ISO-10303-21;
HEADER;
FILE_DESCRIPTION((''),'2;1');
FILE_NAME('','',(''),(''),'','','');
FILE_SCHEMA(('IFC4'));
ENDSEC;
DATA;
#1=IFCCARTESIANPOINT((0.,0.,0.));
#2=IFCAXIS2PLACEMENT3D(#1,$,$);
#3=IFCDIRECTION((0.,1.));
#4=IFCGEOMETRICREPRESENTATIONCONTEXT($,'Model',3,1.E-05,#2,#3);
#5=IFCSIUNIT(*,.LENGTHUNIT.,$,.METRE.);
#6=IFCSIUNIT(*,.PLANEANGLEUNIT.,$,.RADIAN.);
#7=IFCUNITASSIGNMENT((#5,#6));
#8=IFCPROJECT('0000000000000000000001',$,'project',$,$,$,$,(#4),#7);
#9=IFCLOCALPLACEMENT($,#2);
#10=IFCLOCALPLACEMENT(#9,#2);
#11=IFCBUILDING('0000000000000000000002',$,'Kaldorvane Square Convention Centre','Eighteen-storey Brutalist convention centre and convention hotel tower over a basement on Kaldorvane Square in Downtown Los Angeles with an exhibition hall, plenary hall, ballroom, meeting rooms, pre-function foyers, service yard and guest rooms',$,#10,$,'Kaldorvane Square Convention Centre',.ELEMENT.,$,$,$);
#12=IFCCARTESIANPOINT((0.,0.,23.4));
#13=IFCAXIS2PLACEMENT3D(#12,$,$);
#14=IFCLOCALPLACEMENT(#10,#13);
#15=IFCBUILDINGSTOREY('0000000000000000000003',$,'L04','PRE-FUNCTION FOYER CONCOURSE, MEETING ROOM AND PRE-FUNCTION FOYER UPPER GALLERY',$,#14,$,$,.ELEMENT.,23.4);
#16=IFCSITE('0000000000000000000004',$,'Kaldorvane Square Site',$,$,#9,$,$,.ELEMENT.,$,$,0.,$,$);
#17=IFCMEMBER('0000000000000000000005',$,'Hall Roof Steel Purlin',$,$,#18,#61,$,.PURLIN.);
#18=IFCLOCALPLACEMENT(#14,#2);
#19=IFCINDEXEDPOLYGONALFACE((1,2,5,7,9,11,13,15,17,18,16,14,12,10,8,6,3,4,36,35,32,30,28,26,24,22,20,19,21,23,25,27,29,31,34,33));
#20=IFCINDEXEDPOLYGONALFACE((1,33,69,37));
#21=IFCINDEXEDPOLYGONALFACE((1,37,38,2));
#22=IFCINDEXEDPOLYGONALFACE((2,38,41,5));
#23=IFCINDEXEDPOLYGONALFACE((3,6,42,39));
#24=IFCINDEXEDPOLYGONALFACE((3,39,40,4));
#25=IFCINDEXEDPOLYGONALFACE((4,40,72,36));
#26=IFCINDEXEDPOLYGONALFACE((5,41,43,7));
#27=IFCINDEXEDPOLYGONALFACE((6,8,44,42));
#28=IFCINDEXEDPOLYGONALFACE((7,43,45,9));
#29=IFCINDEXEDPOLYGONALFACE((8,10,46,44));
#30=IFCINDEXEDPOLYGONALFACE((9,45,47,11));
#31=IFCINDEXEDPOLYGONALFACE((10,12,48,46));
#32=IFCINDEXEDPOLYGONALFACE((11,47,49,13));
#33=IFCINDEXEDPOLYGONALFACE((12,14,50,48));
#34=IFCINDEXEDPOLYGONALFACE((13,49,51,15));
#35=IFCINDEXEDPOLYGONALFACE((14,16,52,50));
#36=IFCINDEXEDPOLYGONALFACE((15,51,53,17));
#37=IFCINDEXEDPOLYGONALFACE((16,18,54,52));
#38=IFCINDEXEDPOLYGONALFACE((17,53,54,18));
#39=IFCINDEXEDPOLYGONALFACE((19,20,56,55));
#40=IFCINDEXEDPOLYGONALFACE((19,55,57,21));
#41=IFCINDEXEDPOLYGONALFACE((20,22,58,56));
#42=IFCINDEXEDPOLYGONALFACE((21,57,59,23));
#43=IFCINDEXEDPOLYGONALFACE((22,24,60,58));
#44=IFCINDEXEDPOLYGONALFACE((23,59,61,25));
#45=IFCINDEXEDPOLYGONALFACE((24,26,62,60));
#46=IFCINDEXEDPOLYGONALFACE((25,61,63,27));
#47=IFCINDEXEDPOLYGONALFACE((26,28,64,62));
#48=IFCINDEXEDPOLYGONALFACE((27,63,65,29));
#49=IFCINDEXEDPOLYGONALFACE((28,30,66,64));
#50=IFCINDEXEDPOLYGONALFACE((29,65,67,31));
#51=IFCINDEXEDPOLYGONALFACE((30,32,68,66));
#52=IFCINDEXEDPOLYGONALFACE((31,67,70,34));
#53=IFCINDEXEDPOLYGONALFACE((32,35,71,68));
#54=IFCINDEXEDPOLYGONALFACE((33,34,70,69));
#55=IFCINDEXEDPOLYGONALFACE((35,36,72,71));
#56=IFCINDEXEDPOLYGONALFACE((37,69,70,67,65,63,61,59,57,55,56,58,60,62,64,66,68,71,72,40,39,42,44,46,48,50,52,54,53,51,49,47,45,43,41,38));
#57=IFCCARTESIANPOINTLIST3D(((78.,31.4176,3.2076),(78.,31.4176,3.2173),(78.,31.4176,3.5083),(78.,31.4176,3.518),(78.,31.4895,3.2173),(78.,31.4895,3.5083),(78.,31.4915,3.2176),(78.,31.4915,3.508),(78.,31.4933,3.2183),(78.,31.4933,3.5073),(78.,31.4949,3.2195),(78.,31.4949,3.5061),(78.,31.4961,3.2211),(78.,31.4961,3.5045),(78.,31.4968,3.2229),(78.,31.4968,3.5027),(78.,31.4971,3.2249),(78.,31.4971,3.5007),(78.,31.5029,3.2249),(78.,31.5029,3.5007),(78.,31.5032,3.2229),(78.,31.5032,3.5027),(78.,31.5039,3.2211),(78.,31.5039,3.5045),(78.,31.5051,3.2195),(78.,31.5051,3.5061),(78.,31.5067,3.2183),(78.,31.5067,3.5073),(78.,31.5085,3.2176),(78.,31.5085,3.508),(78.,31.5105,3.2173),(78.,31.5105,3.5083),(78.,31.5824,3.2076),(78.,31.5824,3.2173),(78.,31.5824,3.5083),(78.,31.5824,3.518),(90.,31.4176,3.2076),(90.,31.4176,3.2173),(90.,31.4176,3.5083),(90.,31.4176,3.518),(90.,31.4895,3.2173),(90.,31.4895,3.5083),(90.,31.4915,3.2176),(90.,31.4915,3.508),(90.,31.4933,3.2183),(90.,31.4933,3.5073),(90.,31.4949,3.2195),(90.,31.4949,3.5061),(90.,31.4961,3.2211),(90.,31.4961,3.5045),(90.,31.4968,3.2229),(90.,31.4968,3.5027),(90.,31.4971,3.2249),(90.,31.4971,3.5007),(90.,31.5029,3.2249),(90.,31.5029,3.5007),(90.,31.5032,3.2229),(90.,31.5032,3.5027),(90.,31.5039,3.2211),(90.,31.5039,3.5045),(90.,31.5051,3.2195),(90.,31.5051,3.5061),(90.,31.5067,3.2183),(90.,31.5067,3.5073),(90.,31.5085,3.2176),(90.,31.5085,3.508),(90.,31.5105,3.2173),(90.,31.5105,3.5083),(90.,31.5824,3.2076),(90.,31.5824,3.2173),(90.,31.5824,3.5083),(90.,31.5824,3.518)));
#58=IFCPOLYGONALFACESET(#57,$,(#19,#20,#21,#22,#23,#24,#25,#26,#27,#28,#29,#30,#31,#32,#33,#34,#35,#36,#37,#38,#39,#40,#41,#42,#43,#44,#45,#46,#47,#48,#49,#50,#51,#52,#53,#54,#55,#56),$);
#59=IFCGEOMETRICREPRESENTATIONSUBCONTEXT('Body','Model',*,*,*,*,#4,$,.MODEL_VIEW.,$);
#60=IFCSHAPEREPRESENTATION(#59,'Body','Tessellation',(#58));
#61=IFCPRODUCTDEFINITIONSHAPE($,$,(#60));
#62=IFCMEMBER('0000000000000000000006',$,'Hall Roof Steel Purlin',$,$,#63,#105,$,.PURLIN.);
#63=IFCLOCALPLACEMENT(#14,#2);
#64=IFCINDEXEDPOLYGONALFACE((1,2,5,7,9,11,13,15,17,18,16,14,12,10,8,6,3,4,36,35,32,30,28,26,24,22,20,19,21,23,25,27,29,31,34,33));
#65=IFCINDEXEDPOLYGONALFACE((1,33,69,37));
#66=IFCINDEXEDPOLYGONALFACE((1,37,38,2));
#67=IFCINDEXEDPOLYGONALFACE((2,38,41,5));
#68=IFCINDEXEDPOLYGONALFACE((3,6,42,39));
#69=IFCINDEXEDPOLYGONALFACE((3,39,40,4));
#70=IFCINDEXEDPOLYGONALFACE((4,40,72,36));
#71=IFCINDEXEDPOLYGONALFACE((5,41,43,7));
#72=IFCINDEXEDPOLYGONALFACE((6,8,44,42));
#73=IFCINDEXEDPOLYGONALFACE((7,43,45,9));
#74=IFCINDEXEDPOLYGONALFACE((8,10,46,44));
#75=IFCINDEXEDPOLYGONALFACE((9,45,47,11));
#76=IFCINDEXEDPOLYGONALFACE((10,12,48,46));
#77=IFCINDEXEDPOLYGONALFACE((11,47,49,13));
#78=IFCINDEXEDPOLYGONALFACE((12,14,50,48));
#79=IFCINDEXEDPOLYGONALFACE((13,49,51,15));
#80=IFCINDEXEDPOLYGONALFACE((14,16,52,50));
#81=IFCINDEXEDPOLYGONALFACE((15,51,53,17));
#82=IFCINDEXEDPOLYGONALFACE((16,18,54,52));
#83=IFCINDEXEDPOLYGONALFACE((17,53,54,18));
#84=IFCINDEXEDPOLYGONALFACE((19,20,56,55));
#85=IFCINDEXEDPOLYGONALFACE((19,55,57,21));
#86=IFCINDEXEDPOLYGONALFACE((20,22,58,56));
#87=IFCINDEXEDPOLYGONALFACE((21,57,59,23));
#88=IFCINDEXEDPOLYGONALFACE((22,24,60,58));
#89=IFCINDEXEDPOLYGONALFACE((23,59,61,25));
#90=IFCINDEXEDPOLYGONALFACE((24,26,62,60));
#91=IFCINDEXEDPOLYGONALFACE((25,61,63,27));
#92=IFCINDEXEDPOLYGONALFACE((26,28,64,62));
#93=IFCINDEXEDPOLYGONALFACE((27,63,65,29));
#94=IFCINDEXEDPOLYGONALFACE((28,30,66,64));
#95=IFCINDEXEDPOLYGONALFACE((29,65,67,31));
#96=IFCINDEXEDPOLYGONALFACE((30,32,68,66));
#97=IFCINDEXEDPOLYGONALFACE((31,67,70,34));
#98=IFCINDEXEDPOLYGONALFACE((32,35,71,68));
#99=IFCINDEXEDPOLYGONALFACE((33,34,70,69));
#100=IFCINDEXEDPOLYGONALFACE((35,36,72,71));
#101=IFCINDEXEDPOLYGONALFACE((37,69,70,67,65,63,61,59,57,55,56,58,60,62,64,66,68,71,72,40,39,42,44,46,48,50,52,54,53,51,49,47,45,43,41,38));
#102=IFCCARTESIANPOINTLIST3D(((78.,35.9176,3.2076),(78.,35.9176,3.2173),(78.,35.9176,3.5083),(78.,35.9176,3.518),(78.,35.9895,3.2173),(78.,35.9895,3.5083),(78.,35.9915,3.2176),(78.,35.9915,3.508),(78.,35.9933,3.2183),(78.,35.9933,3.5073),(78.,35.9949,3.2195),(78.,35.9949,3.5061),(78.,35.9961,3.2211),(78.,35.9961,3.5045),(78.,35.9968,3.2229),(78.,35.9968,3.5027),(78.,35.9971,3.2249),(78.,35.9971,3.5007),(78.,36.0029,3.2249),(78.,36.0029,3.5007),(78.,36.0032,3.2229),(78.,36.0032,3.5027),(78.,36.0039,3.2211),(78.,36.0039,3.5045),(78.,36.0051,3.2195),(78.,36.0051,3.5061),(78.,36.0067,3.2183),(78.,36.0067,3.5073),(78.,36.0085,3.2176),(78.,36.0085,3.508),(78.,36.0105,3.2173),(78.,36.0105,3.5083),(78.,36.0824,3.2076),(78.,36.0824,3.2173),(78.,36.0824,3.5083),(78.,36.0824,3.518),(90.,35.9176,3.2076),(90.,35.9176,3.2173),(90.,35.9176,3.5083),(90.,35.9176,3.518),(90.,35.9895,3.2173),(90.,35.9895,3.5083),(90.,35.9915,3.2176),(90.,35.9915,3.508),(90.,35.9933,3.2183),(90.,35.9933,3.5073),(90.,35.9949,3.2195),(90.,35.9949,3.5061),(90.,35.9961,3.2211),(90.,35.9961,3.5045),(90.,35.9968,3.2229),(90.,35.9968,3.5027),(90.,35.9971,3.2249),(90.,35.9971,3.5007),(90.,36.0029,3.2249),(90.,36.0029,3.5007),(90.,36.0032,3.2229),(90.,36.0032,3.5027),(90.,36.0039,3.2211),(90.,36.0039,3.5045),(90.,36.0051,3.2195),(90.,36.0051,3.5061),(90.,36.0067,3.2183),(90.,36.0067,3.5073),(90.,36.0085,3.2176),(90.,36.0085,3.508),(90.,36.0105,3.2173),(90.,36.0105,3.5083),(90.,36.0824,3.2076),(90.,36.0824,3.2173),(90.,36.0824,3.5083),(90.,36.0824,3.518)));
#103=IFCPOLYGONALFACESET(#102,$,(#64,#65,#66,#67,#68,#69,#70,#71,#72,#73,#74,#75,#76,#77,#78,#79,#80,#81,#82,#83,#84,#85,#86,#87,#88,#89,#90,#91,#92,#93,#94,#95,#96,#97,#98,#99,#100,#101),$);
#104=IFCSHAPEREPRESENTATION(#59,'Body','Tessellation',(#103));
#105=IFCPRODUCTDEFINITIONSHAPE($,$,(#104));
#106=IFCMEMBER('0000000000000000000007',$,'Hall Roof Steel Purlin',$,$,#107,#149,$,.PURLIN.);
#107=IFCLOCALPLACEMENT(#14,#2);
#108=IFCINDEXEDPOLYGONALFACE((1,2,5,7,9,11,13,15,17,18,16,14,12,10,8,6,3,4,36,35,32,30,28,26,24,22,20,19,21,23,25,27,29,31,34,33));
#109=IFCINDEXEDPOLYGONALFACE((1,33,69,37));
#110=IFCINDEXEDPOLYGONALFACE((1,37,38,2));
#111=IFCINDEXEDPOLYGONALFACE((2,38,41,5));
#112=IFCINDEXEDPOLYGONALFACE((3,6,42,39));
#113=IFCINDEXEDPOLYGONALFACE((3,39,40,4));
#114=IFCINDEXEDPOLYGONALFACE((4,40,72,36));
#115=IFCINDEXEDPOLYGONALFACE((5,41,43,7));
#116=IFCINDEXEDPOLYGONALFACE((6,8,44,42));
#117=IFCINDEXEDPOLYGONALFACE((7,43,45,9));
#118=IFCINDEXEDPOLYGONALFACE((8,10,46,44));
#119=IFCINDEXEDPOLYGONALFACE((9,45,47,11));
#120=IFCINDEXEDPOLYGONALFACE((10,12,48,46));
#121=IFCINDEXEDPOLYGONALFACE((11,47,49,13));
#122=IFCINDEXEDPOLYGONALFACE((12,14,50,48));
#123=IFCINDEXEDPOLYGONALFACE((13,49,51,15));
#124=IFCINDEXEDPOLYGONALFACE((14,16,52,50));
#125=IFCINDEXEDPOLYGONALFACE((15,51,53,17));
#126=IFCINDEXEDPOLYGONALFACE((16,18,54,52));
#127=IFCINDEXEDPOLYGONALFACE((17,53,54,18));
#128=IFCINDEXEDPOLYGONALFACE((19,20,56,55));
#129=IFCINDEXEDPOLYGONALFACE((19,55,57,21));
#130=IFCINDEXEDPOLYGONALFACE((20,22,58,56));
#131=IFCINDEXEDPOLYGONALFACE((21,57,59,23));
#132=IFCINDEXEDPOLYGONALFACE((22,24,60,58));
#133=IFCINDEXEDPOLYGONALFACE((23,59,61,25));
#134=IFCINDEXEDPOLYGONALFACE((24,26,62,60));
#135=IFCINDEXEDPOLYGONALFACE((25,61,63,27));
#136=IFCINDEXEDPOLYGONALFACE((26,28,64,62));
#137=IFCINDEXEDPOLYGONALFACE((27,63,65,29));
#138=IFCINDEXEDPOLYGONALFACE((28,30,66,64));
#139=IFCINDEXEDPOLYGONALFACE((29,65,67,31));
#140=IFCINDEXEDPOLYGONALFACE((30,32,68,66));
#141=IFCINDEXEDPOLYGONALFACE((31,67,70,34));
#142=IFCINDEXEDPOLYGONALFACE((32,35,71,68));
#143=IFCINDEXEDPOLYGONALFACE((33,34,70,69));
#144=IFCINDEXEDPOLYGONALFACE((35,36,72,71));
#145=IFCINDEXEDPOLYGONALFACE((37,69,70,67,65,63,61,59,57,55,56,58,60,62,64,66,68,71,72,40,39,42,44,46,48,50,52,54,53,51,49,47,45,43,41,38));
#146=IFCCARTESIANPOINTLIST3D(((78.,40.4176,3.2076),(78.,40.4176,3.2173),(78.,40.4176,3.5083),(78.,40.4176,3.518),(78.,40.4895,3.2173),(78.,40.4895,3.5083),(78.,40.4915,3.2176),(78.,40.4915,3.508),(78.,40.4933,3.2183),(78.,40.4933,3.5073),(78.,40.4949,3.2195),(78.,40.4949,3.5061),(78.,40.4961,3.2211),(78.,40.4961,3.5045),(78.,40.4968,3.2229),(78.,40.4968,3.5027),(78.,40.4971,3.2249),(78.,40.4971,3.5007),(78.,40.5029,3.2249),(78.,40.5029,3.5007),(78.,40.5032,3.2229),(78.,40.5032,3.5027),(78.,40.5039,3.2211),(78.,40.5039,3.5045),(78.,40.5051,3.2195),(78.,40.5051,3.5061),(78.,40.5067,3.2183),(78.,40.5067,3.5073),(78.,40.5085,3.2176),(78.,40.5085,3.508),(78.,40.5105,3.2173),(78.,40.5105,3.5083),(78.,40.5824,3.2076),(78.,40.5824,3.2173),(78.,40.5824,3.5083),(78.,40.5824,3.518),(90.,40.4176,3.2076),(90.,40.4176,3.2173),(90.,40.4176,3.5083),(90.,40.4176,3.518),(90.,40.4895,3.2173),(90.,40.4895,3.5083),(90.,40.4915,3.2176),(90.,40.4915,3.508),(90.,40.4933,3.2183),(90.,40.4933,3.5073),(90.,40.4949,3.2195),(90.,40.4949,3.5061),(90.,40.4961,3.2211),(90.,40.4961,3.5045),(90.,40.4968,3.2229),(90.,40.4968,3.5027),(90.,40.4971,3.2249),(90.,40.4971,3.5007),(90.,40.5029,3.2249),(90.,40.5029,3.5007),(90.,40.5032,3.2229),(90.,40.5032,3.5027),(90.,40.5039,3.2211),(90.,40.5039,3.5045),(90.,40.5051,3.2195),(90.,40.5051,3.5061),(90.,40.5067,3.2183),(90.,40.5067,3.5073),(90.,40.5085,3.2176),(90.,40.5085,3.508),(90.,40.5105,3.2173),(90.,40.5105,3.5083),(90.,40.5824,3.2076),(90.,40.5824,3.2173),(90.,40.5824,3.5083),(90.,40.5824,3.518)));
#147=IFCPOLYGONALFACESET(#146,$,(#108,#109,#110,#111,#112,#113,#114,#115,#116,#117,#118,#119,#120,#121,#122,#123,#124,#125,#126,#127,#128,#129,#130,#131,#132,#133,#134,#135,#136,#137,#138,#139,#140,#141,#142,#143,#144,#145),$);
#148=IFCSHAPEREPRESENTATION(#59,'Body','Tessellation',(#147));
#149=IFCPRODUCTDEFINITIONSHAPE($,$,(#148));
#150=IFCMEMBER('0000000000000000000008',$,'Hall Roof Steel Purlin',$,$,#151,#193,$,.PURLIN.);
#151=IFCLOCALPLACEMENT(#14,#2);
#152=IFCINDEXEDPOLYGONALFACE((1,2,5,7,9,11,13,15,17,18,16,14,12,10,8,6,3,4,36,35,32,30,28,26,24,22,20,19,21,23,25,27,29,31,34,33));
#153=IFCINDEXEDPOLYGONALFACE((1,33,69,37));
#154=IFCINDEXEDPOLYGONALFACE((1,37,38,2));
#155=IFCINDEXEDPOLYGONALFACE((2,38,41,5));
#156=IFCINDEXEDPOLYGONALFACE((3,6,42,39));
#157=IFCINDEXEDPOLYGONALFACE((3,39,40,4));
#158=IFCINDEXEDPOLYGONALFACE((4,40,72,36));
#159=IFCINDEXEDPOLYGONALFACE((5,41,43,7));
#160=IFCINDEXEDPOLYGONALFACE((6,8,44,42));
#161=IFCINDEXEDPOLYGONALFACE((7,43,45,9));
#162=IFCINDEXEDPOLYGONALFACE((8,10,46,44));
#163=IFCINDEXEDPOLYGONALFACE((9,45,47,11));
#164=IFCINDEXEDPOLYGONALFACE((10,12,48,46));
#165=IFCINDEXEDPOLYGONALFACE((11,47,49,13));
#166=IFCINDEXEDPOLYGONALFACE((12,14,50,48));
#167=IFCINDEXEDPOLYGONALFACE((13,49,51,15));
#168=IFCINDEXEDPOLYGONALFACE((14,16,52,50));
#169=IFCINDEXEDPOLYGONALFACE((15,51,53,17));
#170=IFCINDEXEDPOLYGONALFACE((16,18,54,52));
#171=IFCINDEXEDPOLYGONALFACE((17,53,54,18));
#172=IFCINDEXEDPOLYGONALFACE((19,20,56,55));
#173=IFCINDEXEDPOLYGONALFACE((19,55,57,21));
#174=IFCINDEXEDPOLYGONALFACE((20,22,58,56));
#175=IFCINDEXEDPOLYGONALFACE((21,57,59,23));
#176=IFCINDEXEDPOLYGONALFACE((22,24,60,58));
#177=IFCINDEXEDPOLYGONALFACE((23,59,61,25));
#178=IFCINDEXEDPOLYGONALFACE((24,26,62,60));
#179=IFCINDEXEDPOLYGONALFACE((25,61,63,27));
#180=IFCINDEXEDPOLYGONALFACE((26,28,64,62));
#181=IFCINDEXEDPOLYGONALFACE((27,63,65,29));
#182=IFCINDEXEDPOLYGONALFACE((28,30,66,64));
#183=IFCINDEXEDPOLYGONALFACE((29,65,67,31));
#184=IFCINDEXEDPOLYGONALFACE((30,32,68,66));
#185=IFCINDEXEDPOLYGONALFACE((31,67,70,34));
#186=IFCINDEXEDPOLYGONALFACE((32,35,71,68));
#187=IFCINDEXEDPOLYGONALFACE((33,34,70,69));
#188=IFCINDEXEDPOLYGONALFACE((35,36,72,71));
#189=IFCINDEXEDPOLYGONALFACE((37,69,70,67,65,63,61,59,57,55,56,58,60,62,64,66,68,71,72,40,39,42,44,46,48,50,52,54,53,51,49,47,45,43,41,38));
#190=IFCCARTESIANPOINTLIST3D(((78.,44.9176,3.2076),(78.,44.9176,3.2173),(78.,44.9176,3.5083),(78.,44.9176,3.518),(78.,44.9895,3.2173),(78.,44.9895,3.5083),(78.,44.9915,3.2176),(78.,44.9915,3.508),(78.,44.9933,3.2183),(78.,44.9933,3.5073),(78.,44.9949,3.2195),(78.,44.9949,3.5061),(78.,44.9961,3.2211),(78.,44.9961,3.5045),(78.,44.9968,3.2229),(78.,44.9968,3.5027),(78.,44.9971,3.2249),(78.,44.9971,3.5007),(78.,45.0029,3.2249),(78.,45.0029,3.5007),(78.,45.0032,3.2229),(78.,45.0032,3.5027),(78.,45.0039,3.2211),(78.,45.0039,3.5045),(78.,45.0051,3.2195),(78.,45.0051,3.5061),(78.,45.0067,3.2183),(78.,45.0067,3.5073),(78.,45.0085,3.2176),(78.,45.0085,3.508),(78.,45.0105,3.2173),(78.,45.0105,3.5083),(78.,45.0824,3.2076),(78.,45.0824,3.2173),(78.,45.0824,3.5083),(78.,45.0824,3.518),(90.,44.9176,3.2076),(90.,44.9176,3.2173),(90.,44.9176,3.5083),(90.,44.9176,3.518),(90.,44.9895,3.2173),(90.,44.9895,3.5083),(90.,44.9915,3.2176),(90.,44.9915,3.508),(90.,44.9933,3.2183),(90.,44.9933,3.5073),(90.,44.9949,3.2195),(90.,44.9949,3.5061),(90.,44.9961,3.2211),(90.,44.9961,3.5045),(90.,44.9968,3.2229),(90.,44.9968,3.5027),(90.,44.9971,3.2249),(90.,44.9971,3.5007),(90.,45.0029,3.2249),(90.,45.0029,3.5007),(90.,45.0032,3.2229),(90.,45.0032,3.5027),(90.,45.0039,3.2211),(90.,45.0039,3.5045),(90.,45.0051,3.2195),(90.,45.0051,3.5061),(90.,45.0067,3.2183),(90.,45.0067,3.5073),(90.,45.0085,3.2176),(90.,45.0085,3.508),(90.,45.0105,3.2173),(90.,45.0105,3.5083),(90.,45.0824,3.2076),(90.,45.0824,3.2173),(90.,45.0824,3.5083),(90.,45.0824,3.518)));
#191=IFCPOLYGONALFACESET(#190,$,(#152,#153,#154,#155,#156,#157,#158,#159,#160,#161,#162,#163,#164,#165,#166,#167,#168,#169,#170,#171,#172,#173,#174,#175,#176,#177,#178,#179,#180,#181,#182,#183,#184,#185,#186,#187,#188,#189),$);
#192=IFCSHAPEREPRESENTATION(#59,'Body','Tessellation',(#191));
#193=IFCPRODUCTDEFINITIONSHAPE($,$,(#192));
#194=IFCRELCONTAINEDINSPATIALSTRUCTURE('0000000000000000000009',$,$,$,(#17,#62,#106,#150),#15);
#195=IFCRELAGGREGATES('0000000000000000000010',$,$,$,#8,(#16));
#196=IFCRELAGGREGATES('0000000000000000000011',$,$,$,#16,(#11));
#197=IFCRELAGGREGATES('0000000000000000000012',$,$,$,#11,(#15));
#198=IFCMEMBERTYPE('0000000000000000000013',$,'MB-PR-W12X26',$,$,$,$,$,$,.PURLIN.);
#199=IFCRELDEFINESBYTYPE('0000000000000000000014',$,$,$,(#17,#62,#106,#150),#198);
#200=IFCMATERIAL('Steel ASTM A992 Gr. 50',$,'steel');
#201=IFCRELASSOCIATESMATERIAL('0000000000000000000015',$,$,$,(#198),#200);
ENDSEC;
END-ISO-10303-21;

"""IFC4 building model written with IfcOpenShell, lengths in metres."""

from ifc_helpers import new_model, si_unit, direction, frame, origin, origin_2d, place, context, subcontext, project, spatial, i_section, extrude, material, material_profile, profile_set, type_object, element, save


model = new_model("IFC4")

# Units and contexts
model_context = context("Model", 3, precision=1e-05, world=origin(), true_north=direction((0.0, 1.0)))
body_context = subcontext(model_context, "Body", "Model", "MODEL_VIEW")
ifc_project = project(units=[si_unit("LENGTHUNIT", "METRE"), si_unit("PLANEANGLEUNIT", "RADIAN")], contexts=[model_context])

# Site, building, storey
site_placement = place(None, origin())
site = spatial("IfcSite", under=ifc_project, at=site_placement, Name="Kaldorvane Square Site", CompositionType="ELEMENT", RefElevation=0.0)
building_placement = place(site_placement, origin())
building = spatial("IfcBuilding", under=site, at=building_placement, Name="Kaldorvane Square Convention Centre", Description="Eighteen-storey Brutalist convention centre and convention hotel tower over a basement on Kaldorvane Square in Downtown Los Angeles with an exhibition hall, plenary hall, ballroom, meeting rooms, pre-function foyers, service yard and guest rooms", LongName="Kaldorvane Square Convention Centre", CompositionType="ELEMENT")
storey_placement = place(building_placement, frame((0.0, 0.0, 23.4)))
storey = spatial("IfcBuildingStorey", under=building, at=storey_placement, Name="L04", Description="PRE-FUNCTION FOYER CONCOURSE, MEETING ROOM AND PRE-FUNCTION FOYER UPPER GALLERY", CompositionType="ELEMENT", Elevation=23.4)

# Members
ifc_material_1 = material(Name="Steel ASTM A992 Gr. 50", Category="steel")
ifc_material_profile_1 = material_profile(ifc_material_1, i_section(OverallWidth=0.1648, OverallDepth=0.3104, WebThickness=0.0058, FlangeThickness=0.0097, FilletRadius=0.0076, at=origin_2d()), Name="W12X26")
ifc_profile_set_1 = profile_set([ifc_material_profile_1], Name="Steel ASTM A992 Gr. 50")
member_type_1 = type_object("IfcMemberType", Name="MB-PR-W12X26", PredefinedType="PURLIN", material=ifc_profile_set_1)
for number, where, z_axis, x_axis, name in (
    (1, (78.0, 31.5, 3.3628), (1.0, 0.0, 0.0), (0.0, 1.0, 0.0), "Hall Roof Steel Purlin"),
    (2, (78.0, 36.0, 3.3628), (1.0, 0.0, 0.0), (0.0, 1.0, 0.0), "Hall Roof Steel Purlin"),
    (3, (78.0, 40.5, 3.3628), (1.0, 0.0, 0.0), (0.0, 1.0, 0.0), "Hall Roof Steel Purlin"),
    (4, (78.0, 45.0, 3.3628), (1.0, 0.0, 0.0), (0.0, 1.0, 0.0), "Hall Roof Steel Purlin"),
):
    element("IfcMember", number, at=place(storey_placement, frame(where, z_axis=z_axis, x_axis=x_axis)), inside=storey, type_object=member_type_1, Name=name, PredefinedType="PURLIN", context=body_context, shape_type="SweptSolid", body=[
        extrude(i_section(OverallWidth=0.1648, OverallDepth=0.3104, WebThickness=0.0058, FlangeThickness=0.0097, FilletRadius=0.0076, at=origin_2d()), origin(), (0.0, 0.0, 1.0), 12.0),
    ])

save(model, "model.ifc")
